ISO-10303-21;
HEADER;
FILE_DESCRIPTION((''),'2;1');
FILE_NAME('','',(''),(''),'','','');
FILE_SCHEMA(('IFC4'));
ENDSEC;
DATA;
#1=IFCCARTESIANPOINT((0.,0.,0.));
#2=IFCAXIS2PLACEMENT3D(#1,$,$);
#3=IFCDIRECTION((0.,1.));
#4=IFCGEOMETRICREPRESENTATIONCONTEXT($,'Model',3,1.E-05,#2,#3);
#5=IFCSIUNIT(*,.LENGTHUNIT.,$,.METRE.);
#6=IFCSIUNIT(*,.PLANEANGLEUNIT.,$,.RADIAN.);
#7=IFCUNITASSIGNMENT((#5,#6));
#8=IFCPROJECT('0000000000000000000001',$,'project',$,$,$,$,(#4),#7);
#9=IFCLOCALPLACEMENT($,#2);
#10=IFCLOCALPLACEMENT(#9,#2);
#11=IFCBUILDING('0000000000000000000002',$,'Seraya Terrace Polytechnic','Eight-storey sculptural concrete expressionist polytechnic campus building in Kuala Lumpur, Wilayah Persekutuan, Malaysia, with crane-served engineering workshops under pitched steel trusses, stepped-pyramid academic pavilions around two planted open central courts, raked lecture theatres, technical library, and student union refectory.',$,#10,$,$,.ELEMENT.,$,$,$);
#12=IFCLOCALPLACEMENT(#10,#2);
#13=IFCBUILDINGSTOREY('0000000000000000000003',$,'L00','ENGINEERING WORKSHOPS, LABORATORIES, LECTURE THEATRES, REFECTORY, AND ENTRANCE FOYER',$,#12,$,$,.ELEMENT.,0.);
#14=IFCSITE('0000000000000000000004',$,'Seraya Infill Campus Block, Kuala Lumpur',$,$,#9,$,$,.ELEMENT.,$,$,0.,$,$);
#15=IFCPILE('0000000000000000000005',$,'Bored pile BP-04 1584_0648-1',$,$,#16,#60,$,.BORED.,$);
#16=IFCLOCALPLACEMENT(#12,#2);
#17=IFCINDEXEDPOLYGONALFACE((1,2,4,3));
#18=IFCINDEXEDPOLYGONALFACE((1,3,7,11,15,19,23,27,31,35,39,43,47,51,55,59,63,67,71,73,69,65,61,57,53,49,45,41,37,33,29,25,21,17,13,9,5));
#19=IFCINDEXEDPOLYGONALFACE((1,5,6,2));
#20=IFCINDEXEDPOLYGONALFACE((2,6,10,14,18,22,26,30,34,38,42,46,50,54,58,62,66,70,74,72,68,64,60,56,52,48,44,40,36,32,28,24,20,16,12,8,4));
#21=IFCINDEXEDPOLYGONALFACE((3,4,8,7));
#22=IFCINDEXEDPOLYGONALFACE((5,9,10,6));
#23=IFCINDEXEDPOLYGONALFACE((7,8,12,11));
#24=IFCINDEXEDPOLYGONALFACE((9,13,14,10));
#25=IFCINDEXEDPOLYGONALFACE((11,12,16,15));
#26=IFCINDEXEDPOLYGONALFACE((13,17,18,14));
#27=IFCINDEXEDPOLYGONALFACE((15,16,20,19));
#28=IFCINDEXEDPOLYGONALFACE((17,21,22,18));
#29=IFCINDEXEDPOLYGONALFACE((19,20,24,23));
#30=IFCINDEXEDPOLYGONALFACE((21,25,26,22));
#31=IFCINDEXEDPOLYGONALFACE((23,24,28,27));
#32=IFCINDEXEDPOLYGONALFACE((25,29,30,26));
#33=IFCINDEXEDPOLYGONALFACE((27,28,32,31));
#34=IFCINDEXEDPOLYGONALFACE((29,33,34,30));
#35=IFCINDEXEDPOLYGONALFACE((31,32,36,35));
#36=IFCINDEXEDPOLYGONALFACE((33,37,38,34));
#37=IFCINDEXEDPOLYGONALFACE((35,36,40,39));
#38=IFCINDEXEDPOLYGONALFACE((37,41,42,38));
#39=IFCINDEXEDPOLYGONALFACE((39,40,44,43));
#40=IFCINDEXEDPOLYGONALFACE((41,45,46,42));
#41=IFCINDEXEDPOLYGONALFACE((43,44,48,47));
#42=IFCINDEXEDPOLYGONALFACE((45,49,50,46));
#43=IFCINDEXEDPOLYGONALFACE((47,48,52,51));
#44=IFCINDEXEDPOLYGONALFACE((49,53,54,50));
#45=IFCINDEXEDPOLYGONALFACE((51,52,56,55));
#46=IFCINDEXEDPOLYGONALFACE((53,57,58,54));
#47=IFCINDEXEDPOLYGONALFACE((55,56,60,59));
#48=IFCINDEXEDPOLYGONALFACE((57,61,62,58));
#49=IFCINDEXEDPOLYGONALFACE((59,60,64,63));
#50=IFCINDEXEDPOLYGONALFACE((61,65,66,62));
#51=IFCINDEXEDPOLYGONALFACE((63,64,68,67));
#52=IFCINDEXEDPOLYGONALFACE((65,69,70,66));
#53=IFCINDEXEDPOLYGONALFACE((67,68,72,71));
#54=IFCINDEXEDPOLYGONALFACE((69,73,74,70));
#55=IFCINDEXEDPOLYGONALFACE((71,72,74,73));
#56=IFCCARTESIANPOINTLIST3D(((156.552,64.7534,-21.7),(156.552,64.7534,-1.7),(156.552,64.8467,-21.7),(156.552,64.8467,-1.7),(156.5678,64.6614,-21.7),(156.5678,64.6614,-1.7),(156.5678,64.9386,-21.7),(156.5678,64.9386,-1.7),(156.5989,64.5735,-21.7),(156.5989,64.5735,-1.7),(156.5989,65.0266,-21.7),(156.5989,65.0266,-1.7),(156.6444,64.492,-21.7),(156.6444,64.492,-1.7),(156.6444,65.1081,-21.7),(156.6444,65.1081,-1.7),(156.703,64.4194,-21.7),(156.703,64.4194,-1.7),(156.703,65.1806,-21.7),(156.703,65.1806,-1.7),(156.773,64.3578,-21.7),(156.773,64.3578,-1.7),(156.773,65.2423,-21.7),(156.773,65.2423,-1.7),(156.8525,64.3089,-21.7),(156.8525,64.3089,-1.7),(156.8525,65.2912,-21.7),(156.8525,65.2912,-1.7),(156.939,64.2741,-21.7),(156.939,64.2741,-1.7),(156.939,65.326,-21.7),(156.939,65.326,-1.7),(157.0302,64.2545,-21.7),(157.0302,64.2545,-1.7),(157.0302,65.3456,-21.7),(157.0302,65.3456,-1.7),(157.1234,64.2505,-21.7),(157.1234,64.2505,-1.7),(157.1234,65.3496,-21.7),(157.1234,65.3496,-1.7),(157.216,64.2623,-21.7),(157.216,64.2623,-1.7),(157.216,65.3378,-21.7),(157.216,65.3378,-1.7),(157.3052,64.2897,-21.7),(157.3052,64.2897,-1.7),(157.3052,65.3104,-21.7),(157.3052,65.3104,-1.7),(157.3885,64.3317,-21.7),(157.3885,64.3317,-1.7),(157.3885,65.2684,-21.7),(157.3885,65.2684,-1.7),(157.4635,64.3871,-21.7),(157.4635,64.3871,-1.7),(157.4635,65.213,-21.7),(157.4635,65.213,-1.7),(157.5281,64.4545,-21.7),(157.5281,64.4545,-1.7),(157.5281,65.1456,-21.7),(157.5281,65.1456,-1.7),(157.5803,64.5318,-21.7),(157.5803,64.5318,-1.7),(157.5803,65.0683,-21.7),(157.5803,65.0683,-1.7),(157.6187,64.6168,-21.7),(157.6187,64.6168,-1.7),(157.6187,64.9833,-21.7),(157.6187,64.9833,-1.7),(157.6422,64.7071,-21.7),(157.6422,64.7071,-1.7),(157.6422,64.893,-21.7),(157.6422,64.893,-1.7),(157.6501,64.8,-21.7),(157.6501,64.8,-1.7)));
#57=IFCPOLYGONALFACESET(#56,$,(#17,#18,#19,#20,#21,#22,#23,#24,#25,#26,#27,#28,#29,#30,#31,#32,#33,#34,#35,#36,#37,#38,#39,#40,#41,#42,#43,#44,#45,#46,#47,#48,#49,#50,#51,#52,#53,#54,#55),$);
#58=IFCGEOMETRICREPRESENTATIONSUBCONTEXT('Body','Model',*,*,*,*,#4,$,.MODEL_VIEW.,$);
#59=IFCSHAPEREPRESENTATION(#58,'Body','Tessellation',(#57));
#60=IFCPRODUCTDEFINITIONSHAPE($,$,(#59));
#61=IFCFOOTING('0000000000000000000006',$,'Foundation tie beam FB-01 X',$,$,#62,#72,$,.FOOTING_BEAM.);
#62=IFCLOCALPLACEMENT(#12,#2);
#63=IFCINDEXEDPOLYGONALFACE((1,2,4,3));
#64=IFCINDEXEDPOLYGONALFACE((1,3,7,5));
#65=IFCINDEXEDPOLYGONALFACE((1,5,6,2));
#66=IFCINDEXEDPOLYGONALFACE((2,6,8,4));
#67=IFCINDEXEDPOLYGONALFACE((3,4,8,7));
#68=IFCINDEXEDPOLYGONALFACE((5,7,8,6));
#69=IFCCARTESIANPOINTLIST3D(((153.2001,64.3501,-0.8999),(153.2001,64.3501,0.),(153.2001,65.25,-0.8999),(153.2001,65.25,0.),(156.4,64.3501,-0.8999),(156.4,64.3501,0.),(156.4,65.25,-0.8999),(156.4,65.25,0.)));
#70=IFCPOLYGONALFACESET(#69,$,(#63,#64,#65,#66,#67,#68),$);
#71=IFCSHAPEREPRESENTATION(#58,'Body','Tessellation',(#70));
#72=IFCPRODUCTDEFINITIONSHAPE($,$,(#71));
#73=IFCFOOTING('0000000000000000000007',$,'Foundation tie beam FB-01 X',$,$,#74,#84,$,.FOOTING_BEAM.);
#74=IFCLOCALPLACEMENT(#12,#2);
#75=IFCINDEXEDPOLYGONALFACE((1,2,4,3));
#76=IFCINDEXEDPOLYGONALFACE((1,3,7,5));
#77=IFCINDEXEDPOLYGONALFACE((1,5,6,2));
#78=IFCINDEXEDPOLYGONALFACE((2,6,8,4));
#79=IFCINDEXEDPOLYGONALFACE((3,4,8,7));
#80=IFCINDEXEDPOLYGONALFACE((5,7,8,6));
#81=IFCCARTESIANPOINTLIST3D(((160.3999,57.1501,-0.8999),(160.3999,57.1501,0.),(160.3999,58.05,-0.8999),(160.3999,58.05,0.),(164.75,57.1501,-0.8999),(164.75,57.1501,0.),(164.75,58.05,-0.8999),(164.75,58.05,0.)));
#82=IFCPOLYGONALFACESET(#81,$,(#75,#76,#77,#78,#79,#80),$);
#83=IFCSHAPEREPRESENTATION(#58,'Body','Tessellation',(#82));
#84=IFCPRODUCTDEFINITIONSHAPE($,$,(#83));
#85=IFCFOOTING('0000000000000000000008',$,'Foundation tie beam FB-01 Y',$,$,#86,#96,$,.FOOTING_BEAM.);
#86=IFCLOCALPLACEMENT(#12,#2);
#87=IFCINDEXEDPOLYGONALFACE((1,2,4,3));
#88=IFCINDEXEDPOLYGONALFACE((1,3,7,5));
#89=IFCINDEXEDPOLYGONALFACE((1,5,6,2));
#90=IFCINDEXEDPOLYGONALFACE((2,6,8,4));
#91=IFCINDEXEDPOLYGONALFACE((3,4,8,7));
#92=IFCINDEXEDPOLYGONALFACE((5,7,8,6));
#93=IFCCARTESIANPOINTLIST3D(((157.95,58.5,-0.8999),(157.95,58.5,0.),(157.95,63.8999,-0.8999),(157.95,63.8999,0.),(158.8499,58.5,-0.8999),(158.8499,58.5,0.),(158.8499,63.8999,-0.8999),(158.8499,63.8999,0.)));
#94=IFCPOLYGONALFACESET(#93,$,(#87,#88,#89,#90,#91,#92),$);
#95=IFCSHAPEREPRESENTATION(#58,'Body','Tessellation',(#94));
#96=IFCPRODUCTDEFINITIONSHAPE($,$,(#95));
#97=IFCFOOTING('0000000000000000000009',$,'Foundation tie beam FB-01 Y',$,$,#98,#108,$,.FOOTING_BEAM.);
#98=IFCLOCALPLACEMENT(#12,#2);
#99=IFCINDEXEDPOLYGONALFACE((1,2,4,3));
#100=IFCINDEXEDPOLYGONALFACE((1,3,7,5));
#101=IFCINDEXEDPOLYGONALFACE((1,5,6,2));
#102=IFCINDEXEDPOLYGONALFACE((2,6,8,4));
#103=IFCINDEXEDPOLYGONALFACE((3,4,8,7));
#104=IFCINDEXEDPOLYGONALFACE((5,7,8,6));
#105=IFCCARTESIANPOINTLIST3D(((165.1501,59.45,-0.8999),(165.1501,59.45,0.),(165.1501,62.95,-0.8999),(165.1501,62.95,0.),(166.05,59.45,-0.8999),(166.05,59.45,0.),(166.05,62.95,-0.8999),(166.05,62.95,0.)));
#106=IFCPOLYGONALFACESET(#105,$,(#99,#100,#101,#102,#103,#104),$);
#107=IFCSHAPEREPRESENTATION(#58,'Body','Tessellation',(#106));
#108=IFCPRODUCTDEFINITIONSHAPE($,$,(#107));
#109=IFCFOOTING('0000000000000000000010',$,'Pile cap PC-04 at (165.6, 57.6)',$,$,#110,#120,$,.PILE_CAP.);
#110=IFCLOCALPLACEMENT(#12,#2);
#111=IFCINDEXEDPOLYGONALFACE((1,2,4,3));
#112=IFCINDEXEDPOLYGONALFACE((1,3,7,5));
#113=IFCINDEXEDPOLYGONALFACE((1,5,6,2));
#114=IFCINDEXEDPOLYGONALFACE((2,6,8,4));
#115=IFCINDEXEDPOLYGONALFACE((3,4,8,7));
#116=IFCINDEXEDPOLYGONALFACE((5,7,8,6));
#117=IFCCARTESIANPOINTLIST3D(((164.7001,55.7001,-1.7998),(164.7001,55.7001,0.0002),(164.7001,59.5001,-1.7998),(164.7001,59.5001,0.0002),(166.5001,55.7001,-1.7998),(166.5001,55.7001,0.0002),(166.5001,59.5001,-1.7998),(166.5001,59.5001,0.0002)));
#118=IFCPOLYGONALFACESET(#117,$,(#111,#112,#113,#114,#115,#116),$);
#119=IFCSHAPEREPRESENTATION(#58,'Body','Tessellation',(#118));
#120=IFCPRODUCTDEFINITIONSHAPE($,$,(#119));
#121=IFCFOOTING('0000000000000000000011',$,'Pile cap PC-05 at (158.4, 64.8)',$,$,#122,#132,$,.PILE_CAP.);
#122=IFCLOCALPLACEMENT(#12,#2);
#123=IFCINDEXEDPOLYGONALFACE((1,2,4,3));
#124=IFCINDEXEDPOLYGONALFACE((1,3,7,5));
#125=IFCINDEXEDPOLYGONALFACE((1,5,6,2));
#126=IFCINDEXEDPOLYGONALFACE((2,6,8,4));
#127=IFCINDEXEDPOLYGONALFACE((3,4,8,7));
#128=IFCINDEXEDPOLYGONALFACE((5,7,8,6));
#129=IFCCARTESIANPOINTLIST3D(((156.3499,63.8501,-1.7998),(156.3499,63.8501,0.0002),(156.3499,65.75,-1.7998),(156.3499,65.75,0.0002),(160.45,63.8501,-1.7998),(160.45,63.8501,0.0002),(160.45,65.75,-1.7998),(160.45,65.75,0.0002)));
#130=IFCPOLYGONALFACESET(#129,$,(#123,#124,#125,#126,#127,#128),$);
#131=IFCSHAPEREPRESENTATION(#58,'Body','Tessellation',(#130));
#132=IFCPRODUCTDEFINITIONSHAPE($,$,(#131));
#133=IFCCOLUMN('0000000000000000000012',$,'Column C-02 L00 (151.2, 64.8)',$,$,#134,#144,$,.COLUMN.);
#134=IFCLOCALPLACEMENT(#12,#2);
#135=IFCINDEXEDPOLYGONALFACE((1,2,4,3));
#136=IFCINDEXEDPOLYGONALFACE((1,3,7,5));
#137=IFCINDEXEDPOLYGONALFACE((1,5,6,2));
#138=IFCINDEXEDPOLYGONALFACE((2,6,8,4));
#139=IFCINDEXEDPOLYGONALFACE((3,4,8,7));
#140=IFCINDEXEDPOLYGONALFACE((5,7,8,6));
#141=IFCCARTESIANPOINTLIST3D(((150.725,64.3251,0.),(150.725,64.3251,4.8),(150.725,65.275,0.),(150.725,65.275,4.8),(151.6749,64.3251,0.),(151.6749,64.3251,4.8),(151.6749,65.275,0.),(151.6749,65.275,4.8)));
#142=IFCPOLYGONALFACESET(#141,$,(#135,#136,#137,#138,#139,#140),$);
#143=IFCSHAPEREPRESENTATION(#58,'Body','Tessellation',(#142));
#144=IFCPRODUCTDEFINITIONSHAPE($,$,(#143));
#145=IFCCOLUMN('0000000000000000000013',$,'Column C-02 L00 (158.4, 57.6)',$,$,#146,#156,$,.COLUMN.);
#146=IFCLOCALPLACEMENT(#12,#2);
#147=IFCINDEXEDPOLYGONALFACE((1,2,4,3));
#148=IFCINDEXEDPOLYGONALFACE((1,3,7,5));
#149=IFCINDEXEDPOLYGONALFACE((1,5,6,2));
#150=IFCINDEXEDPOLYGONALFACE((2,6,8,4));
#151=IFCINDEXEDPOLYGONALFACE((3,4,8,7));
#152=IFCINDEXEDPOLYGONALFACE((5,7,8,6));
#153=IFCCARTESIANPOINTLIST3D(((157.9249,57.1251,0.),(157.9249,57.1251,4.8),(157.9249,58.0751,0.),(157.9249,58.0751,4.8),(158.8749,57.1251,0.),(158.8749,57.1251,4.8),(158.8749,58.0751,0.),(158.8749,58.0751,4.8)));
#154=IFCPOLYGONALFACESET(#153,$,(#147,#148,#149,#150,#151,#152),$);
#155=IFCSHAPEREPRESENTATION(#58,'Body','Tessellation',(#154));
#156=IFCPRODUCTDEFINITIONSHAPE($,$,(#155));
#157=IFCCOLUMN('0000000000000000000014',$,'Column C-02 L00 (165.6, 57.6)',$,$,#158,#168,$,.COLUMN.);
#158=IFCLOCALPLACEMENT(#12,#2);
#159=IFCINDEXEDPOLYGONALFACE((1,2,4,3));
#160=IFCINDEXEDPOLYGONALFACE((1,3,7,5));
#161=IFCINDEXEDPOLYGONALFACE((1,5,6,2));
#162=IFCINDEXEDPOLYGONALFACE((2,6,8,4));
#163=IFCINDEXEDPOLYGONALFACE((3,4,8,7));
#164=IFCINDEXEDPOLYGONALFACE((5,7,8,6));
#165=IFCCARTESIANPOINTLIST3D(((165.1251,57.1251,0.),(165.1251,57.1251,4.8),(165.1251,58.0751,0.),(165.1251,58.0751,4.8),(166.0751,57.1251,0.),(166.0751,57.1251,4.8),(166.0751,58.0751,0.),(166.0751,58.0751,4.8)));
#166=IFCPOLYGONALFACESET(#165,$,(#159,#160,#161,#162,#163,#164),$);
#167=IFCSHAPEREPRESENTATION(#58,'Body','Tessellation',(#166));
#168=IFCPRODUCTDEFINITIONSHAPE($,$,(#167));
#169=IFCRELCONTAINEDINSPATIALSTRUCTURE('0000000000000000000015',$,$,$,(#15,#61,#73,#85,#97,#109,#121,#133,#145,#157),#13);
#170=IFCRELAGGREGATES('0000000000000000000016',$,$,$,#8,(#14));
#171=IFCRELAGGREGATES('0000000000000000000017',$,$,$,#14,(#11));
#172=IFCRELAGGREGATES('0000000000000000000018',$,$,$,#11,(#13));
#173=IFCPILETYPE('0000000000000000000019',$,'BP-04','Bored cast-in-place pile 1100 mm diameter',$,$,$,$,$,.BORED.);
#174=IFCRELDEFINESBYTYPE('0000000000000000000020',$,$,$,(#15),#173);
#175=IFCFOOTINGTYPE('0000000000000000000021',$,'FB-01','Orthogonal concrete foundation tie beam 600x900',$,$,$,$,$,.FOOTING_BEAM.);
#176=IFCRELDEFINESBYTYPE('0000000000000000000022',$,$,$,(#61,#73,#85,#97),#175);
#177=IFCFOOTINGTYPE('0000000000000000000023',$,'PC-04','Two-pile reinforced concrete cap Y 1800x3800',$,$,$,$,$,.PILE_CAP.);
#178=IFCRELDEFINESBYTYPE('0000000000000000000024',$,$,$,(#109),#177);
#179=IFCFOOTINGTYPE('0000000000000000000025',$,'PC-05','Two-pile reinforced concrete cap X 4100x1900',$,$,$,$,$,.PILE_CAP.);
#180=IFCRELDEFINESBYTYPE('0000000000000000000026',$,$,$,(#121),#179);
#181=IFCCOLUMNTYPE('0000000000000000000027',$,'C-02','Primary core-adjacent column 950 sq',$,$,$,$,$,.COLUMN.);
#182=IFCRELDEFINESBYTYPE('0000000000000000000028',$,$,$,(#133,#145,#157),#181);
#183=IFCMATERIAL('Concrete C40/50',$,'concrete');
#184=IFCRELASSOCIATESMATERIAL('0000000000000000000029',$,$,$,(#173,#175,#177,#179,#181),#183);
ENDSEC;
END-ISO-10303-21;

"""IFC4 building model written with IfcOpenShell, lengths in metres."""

from ifc_helpers import new_model, si_unit, direction, frame, origin, origin_2d, place, context, subcontext, project, spatial, rectangle, circle, extrude, material, material_profile, profile_set, type_object, element, save


model = new_model("IFC4")

# Units and contexts
model_context = context("Model", 3, precision=1e-05, world=origin(), true_north=direction((0.0, 1.0)))
body_context = subcontext(model_context, "Body", "Model", "MODEL_VIEW")
ifc_project = project(units=[si_unit("LENGTHUNIT", "METRE"), si_unit("PLANEANGLEUNIT", "RADIAN")], contexts=[model_context])

# Site, building, storey
site_placement = place(None, origin())
site = spatial("IfcSite", under=ifc_project, at=site_placement, Name="Seraya Infill Campus Block, Kuala Lumpur", CompositionType="ELEMENT", RefElevation=0.0)
building_placement = place(site_placement, origin())
building = spatial("IfcBuilding", under=site, at=building_placement, Name="Seraya Terrace Polytechnic", Description="Eight-storey sculptural concrete expressionist polytechnic campus building in Kuala Lumpur, Wilayah Persekutuan, Malaysia, with crane-served engineering workshops under pitched steel trusses, stepped-pyramid academic pavilions around two planted open central courts, raked lecture theatres, technical library, and student union refectory.", CompositionType="ELEMENT")
storey_placement = place(building_placement, origin())
storey = spatial("IfcBuildingStorey", under=building, at=storey_placement, Name="L00", Description="ENGINEERING WORKSHOPS, LABORATORIES, LECTURE THEATRES, REFECTORY, AND ENTRANCE FOYER", CompositionType="ELEMENT", Elevation=0.0)

# Pile
ifc_material_1 = material(Name="Concrete C40/50", Category="concrete")
ifc_material_profile_1 = material_profile(ifc_material_1, circle(Radius=0.55, at=origin_2d()), Name="DIA 1100")
ifc_profile_set_1 = profile_set([ifc_material_profile_1], Name="Concrete C40/50")
pile_type_1 = type_object("IfcPileType", Name="BP-04", Description="Bored cast-in-place pile 1100 mm diameter", PredefinedType="BORED", material=ifc_profile_set_1)
for number, where, z_axis, x_axis, name in (
    (1, (157.1001, 64.8, -1.7), (0.0, 0.0, -1.0), (1.0, 0.0, 0.0), "Bored pile BP-04 1584_0648-1"),
):
    element("IfcPile", number, at=place(storey_placement, frame(where, z_axis=z_axis, x_axis=x_axis)), inside=storey, type_object=pile_type_1, Name=name, PredefinedType="BORED", context=body_context, shape_type="SweptSolid", body=[
        extrude(circle(Radius=0.55, at=origin_2d()), origin(), (0.0, 0.0, 1.0), 20.0),
    ])

# Footings
footing_type_1 = type_object("IfcFootingType", Name="FB-01", Description="Orthogonal concrete foundation tie beam 600x900", PredefinedType="FOOTING_BEAM", material=ifc_material_1)
footing_1_placement = place(storey_placement, frame((154.8, 64.8, -0.8999), z_axis=(0.0, 0.0, 1.0), x_axis=(1.0, 0.0, 0.0)))
element("IfcFooting", 2, at=footing_1_placement, inside=storey, type_object=footing_type_1, Name="Foundation tie beam FB-01 X", PredefinedType="FOOTING_BEAM", context=body_context, shape_type="SweptSolid", body=[
    extrude(rectangle(XDim=3.2, YDim=0.8999, at=origin_2d()), origin(), (0.0, 0.0, 1.0), 0.8999),
])
footing_2_placement = place(storey_placement, frame((162.575, 57.6001, -0.8999), z_axis=(0.0, 0.0, 1.0), x_axis=(1.0, 0.0, 0.0)))
element("IfcFooting", 3, at=footing_2_placement, inside=storey, type_object=footing_type_1, Name="Foundation tie beam FB-01 X", PredefinedType="FOOTING_BEAM", context=body_context, shape_type="SweptSolid", body=[
    extrude(rectangle(XDim=4.3501, YDim=0.8999, at=origin_2d()), origin(), (0.0, 0.0, 1.0), 0.8999),
])
footing_3_placement = place(storey_placement, frame((158.3999, 61.2, -0.8999), z_axis=(0.0, 0.0, 1.0), x_axis=(0.0, 1.0, 0.0)))
element("IfcFooting", 4, at=footing_3_placement, inside=storey, type_object=footing_type_1, Name="Foundation tie beam FB-01 Y", PredefinedType="FOOTING_BEAM", context=body_context, shape_type="SweptSolid", body=[
    extrude(rectangle(XDim=5.3999, YDim=0.8999, at=origin_2d()), origin(), (0.0, 0.0, 1.0), 0.8999),
])
footing_4_placement = place(storey_placement, frame((165.6001, 61.2, -0.8999), z_axis=(0.0, 0.0, 1.0), x_axis=(0.0, 1.0, 0.0)))
element("IfcFooting", 5, at=footing_4_placement, inside=storey, type_object=footing_type_1, Name="Foundation tie beam FB-01 Y", PredefinedType="FOOTING_BEAM", context=body_context, shape_type="SweptSolid", body=[
    extrude(rectangle(XDim=3.5, YDim=0.8999, at=origin_2d()), origin(), (0.0, 0.0, 1.0), 0.8999),
])
footing_type_2 = type_object("IfcFootingType", Name="PC-04", Description="Two-pile reinforced concrete cap Y 1800x3800", PredefinedType="PILE_CAP", material=ifc_material_1)
footing_5_placement = place(storey_placement, frame((165.6001, 57.6001, -1.7998), z_axis=(0.0, 0.0, 1.0), x_axis=(1.0, 0.0, 0.0)))
element("IfcFooting", 6, at=footing_5_placement, inside=storey, type_object=footing_type_2, Name="Pile cap PC-04 at (165.6, 57.6)", PredefinedType="PILE_CAP", context=body_context, shape_type="SweptSolid", body=[
    extrude(rectangle(XDim=1.8, YDim=3.8, at=origin_2d()), origin(), (0.0, 0.0, 1.0), 1.8),
])
footing_type_3 = type_object("IfcFootingType", Name="PC-05", Description="Two-pile reinforced concrete cap X 4100x1900", PredefinedType="PILE_CAP", material=ifc_material_1)
footing_6_placement = place(storey_placement, frame((158.3999, 64.8, -1.7998), z_axis=(0.0, 0.0, 1.0), x_axis=(1.0, 0.0, 0.0)))
element("IfcFooting", 7, at=footing_6_placement, inside=storey, type_object=footing_type_3, Name="Pile cap PC-05 at (158.4, 64.8)", PredefinedType="PILE_CAP", context=body_context, shape_type="SweptSolid", body=[
    extrude(rectangle(XDim=4.1001, YDim=1.8999, at=origin_2d()), origin(), (0.0, 0.0, 1.0), 1.8),
])

# Columns
ifc_material_profile_2 = material_profile(ifc_material_1, rectangle(XDim=0.95, YDim=0.95, at=origin_2d()), Name="RC 950x950")
ifc_profile_set_2 = profile_set([ifc_material_profile_2], Name="Concrete C40/50")
column_type = type_object("IfcColumnType", Name="C-02", Description="Primary core-adjacent column 950 sq", PredefinedType="COLUMN", material=ifc_profile_set_2)
for number, where, z_axis, x_axis, name in (
    (8, (151.2, 64.8, 0.0), (0.0, 0.0, 1.0), (1.0, 0.0, 0.0), "Column C-02 L00 (151.2, 64.8)"),
    (9, (158.3999, 57.6001, 0.0), (0.0, 0.0, 1.0), (1.0, 0.0, 0.0), "Column C-02 L00 (158.4, 57.6)"),
    (10, (165.6001, 57.6001, 0.0), (0.0, 0.0, 1.0), (1.0, 0.0, 0.0), "Column C-02 L00 (165.6, 57.6)"),
):
    element("IfcColumn", number, at=place(storey_placement, frame(where, z_axis=z_axis, x_axis=x_axis)), inside=storey, type_object=column_type, Name=name, PredefinedType="COLUMN", context=body_context, shape_type="SweptSolid", body=[
        extrude(rectangle(XDim=0.95, YDim=0.95, at=origin_2d()), origin(), (0.0, 0.0, 1.0), 4.8),
    ])

save(model, "model.ifc")
